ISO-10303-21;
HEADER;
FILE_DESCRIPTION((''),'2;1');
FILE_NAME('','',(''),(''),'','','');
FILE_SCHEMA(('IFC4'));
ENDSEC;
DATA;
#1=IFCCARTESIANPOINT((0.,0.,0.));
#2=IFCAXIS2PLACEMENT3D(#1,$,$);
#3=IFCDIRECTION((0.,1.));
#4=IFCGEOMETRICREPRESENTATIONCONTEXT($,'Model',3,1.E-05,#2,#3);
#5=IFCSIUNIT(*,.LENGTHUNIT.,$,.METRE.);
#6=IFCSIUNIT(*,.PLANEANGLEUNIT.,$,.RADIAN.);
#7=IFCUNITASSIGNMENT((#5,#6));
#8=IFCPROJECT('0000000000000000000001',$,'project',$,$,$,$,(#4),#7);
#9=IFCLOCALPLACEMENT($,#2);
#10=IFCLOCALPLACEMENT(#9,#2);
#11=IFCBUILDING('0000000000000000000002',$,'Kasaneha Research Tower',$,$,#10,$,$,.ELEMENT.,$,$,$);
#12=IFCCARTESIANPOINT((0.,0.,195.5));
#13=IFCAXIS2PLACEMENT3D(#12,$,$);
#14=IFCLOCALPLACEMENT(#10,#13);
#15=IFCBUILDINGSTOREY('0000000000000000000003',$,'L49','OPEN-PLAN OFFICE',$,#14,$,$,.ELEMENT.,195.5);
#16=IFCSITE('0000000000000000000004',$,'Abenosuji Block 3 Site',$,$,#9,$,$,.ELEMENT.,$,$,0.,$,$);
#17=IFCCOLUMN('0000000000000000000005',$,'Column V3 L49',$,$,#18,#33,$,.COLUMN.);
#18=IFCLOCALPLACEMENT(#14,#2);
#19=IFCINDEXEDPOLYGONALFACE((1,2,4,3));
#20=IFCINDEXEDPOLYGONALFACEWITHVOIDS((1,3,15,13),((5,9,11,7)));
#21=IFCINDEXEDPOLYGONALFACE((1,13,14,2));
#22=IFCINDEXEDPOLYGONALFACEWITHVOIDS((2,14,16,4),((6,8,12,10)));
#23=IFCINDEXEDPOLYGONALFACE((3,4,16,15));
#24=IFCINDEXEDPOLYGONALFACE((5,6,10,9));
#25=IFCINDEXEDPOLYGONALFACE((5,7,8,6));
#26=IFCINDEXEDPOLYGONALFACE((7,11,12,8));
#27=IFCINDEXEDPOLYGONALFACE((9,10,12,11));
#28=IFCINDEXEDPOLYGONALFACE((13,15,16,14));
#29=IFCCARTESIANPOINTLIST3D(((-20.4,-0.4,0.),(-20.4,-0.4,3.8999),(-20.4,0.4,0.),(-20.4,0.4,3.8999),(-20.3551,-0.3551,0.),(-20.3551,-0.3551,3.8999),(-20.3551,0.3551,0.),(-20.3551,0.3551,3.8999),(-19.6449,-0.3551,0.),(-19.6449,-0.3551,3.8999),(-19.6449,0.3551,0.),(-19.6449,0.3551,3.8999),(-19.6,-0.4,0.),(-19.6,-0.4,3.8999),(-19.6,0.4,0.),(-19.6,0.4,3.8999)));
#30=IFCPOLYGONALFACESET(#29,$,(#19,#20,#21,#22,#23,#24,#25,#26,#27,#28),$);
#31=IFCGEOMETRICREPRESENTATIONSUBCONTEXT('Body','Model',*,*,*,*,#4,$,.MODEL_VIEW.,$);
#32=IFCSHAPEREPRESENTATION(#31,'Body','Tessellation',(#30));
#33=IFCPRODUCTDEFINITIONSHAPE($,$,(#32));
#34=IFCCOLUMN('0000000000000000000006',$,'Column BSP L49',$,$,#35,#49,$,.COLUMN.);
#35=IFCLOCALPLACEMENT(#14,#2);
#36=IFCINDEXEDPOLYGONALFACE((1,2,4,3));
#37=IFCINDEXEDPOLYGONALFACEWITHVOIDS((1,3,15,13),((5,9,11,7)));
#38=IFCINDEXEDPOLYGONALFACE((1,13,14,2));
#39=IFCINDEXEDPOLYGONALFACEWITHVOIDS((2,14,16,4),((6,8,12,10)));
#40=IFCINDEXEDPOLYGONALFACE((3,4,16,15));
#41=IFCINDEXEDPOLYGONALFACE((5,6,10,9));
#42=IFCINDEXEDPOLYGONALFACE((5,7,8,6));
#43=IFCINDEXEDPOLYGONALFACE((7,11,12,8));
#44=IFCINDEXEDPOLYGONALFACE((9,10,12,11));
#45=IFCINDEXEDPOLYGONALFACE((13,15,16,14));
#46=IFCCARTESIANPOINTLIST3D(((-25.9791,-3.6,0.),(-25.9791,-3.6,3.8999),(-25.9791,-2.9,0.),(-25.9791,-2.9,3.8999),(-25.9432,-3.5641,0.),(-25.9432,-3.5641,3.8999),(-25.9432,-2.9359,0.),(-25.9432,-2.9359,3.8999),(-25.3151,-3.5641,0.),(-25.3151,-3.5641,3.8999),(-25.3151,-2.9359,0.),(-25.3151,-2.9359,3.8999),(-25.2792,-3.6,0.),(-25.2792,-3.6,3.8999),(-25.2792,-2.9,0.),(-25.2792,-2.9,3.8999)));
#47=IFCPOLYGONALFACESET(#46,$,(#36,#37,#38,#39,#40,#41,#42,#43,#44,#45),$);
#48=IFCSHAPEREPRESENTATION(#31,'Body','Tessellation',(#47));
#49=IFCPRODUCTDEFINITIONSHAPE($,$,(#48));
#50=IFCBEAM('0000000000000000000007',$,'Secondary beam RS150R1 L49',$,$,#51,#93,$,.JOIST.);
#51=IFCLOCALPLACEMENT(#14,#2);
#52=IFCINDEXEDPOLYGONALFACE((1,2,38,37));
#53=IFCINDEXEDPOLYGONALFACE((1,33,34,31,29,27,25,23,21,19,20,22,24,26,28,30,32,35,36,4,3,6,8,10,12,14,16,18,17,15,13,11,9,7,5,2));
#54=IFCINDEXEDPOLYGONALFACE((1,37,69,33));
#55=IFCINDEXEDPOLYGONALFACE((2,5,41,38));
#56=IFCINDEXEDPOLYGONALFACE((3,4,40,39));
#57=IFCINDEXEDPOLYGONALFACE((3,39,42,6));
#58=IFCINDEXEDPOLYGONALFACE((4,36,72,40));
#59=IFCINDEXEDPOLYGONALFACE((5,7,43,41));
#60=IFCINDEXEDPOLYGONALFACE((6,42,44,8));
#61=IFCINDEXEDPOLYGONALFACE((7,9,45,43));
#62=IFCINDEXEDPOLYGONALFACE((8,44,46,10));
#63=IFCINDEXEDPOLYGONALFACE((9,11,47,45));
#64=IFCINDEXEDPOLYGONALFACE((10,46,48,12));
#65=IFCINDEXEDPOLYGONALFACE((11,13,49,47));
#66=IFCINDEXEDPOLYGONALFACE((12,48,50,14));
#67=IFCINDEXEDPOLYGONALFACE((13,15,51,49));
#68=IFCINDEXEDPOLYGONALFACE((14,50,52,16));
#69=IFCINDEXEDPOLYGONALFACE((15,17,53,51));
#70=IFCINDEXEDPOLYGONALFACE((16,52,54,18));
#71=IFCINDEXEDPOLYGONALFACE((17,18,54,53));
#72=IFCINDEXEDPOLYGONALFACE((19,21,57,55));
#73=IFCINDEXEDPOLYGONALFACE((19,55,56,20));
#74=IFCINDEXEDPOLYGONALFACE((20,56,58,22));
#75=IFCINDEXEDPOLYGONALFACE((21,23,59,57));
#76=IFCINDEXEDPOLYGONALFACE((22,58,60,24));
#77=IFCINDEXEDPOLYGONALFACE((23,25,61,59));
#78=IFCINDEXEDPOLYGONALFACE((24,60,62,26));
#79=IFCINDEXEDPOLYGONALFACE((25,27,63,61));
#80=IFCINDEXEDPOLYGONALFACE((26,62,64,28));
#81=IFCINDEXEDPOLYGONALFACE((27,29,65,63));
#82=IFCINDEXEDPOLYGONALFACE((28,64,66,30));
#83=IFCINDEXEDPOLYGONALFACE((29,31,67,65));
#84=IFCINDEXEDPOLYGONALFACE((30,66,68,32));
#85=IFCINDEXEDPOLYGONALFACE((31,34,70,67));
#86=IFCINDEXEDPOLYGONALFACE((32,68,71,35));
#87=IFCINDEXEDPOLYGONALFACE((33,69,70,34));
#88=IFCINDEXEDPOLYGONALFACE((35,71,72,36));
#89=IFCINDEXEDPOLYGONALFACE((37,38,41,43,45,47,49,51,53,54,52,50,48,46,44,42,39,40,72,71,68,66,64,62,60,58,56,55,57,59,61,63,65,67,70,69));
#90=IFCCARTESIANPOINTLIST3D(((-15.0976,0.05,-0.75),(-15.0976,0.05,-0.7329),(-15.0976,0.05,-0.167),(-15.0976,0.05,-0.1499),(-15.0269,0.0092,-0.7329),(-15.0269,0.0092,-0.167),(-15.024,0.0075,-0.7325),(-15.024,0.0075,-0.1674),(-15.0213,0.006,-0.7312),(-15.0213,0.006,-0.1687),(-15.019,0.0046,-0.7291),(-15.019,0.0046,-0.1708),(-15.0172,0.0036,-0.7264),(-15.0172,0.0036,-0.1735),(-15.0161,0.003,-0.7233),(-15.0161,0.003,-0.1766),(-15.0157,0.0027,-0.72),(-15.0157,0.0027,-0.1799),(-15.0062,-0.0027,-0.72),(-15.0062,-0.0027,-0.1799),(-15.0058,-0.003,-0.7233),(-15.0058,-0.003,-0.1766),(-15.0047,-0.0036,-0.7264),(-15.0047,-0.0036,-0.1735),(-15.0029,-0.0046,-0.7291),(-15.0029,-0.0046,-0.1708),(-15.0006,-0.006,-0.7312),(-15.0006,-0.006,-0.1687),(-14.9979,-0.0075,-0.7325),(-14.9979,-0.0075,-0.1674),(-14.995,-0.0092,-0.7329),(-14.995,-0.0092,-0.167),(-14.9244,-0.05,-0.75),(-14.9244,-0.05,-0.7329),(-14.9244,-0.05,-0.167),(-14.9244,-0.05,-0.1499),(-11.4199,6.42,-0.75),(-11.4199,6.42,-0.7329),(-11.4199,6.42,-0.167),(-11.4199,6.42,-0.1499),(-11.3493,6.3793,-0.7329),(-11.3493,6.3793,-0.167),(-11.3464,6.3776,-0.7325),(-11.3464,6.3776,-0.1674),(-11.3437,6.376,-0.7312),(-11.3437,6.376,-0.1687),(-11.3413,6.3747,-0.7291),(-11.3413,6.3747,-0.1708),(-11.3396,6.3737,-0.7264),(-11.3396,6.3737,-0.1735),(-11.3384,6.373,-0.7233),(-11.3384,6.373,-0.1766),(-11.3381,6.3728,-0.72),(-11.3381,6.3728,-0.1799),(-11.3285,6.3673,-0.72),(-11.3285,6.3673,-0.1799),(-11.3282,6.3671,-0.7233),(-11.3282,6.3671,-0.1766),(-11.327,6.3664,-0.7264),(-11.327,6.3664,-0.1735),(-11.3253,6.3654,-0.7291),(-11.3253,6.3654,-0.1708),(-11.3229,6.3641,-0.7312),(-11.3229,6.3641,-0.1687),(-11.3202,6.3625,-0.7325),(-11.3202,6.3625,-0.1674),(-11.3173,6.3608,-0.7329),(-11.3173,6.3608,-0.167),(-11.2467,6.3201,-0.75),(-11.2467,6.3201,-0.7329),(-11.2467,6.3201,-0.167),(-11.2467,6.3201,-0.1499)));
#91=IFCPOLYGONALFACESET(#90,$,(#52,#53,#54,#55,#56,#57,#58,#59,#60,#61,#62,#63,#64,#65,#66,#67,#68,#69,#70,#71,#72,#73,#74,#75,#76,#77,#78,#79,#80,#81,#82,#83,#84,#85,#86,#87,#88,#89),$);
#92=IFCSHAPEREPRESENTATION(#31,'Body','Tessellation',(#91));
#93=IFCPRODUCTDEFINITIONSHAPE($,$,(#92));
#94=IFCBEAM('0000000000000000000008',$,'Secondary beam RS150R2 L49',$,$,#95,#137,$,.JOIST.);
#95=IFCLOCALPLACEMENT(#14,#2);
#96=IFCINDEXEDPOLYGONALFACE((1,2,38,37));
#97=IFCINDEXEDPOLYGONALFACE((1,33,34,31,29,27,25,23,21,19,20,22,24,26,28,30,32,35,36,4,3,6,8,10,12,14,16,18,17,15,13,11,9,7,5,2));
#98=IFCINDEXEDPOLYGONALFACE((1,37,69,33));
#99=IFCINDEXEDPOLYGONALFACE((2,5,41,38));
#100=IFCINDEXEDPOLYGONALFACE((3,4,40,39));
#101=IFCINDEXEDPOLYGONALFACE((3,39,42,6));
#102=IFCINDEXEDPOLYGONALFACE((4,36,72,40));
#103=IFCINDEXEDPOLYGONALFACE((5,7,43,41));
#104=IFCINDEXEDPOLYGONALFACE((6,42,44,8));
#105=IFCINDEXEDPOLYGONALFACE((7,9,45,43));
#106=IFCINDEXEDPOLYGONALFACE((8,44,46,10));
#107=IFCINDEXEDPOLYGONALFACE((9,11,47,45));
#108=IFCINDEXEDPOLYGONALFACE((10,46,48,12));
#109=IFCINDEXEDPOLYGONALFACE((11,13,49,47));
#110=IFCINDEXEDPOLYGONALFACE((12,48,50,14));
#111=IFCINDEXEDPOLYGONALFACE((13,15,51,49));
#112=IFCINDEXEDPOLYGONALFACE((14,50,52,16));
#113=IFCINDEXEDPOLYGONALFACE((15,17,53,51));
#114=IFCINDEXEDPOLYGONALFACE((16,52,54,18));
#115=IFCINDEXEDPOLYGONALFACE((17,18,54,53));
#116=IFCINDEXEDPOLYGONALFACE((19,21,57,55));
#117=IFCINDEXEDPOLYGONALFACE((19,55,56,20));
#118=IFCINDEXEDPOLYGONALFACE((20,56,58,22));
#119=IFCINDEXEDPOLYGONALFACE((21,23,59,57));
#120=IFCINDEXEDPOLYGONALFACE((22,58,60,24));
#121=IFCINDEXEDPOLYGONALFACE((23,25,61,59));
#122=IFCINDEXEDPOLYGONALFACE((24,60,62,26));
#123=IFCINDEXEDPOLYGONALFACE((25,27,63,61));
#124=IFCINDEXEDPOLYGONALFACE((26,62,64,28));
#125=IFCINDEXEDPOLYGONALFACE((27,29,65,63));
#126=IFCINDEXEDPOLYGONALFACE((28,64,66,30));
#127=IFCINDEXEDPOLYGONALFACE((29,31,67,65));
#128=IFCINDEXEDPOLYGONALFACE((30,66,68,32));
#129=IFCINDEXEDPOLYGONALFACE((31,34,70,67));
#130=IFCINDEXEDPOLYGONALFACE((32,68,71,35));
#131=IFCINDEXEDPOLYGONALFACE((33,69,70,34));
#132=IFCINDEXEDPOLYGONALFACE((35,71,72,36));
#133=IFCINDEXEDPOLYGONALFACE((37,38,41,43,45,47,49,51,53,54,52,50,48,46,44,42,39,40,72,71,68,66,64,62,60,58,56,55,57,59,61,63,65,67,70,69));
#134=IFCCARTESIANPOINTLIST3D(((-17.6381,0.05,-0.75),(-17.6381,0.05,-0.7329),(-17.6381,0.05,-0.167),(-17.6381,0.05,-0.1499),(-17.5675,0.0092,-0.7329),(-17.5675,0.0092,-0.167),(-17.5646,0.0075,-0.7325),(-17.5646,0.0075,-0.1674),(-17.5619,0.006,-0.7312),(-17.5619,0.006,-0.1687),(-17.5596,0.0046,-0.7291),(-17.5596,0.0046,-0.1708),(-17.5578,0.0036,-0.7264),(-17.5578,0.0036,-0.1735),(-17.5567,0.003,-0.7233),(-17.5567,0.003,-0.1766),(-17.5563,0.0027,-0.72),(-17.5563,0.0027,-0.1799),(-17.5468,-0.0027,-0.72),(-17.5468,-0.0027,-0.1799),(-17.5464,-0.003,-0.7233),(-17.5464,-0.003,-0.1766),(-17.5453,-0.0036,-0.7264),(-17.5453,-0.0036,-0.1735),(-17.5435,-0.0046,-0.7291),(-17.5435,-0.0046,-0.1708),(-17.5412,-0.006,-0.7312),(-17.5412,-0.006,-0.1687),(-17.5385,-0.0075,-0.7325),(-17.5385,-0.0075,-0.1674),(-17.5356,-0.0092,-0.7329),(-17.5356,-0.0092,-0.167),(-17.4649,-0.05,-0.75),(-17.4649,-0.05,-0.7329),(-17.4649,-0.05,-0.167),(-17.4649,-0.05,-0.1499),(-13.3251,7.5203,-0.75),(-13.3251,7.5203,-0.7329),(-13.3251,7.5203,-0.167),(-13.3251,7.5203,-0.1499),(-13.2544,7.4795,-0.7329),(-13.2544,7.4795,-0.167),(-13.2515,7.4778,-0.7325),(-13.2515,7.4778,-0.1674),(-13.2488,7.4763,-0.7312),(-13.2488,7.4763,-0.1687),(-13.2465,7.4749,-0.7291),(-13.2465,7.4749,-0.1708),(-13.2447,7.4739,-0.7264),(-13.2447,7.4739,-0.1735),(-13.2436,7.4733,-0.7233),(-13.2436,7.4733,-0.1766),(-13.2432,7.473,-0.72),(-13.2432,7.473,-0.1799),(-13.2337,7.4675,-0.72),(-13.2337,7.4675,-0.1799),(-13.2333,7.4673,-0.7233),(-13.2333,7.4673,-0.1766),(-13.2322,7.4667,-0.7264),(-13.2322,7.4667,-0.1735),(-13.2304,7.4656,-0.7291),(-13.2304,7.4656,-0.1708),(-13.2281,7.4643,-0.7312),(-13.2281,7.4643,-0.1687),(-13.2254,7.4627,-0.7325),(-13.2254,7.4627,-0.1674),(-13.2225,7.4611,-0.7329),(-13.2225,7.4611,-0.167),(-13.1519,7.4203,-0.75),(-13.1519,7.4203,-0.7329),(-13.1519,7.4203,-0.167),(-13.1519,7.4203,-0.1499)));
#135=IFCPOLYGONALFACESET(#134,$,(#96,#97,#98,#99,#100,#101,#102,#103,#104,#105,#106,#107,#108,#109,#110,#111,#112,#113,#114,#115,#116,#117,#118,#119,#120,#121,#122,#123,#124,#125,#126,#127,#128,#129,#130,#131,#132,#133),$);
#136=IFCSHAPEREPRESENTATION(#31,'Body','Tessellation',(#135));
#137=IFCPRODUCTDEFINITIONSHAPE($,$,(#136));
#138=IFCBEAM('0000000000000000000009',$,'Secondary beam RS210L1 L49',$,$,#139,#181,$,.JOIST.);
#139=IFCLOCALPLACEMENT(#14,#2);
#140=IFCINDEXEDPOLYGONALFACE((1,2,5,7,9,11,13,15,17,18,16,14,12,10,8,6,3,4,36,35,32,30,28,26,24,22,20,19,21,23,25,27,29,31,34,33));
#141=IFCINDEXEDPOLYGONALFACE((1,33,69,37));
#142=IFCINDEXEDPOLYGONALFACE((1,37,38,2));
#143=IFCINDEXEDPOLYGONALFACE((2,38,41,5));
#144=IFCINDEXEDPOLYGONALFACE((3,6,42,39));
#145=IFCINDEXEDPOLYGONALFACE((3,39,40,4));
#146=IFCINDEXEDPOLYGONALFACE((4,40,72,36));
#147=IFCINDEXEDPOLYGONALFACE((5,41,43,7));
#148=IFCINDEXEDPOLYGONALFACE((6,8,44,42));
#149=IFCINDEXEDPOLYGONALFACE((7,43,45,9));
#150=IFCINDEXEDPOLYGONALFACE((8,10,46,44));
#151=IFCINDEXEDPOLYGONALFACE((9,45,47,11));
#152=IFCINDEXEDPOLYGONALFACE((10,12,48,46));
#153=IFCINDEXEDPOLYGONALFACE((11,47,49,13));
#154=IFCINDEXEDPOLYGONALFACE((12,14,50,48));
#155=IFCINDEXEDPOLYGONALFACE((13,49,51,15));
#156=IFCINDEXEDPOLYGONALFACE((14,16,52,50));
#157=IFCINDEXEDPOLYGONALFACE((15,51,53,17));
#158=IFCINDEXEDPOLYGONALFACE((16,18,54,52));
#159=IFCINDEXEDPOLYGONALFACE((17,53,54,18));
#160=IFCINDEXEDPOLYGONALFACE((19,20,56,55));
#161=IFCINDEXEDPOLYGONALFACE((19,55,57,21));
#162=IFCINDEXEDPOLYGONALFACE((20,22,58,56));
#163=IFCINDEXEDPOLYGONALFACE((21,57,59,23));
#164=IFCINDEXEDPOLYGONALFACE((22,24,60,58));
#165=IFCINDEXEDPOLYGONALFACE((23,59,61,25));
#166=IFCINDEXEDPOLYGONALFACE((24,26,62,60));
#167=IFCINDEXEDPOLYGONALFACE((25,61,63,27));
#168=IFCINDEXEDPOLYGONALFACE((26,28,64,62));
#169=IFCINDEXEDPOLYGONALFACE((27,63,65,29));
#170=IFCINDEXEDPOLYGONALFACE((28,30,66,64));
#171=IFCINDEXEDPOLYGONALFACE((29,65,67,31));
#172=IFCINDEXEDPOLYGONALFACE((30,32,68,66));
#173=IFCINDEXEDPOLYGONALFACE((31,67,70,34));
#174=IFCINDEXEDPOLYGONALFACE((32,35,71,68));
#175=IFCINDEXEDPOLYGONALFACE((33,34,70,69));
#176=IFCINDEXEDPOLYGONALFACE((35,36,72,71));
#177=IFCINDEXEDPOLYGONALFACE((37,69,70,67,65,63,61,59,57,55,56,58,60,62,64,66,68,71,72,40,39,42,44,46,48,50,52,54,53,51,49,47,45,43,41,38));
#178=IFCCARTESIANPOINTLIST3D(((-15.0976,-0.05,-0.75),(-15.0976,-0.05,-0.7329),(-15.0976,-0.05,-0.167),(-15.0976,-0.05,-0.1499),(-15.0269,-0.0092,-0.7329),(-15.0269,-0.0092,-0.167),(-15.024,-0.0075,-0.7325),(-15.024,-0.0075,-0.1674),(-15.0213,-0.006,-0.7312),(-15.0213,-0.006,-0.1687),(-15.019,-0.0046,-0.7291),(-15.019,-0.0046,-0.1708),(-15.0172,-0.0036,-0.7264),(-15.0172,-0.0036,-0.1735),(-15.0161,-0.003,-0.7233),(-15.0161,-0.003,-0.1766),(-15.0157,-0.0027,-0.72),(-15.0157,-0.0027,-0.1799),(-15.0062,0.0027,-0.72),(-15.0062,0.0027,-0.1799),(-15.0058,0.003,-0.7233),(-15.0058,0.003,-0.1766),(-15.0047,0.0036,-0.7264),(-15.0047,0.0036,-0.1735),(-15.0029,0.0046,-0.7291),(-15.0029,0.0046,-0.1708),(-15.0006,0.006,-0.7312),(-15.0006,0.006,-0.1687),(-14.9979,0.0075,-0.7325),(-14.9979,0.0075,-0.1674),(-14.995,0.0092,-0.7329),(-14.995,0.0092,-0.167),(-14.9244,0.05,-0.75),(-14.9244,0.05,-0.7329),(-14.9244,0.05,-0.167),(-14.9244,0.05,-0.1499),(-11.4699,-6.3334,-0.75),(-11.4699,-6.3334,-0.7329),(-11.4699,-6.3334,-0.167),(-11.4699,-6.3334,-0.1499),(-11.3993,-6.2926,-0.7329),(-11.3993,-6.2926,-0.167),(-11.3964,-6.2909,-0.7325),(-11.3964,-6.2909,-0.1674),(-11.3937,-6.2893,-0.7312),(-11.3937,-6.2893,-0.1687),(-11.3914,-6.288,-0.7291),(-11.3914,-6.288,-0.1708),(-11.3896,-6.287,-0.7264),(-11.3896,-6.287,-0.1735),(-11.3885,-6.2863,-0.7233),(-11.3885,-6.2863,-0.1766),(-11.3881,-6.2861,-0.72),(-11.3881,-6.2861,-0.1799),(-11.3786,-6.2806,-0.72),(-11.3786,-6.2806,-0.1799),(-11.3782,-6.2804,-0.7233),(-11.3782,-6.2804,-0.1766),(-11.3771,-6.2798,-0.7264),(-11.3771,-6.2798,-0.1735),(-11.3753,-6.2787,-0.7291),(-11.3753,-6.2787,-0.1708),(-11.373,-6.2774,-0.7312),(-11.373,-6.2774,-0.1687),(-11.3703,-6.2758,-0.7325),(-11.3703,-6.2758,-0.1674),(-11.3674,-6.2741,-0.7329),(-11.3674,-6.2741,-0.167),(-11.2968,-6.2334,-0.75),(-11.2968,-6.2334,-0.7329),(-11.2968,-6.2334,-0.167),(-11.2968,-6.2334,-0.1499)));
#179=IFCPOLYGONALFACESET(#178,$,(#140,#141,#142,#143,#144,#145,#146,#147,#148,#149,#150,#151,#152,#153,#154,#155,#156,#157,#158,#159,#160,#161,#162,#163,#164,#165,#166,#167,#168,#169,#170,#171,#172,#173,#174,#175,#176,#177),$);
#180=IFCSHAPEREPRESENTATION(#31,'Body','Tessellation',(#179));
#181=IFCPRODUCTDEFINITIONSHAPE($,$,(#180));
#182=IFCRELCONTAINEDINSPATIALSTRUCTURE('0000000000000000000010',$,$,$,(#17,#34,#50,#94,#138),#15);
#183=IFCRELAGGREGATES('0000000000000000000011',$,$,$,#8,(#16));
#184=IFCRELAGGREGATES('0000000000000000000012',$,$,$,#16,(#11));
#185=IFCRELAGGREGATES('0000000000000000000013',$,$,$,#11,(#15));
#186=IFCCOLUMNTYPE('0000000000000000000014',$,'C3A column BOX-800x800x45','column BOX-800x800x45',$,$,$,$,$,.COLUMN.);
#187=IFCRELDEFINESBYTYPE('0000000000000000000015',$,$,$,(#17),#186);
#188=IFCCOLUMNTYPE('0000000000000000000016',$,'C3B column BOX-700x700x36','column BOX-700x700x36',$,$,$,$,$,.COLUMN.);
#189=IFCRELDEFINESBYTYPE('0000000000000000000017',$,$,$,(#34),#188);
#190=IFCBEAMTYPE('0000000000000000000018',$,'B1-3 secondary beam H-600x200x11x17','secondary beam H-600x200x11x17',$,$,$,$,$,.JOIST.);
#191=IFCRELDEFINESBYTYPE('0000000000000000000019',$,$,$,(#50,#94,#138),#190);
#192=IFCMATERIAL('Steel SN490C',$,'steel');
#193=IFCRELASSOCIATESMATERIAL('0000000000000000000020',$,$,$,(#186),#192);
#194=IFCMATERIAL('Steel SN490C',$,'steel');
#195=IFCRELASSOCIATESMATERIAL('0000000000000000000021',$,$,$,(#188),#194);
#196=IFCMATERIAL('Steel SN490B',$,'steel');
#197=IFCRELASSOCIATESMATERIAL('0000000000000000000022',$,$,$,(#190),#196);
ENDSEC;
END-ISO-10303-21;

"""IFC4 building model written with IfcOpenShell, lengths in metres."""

from ifc_helpers import new_model, si_unit, direction, frame, origin, origin_2d, place, context, subcontext, project, spatial, hollow_rectangle, i_section, extrude, material, material_profile, profile_set, type_object, element, save


model = new_model("IFC4")

# Units and contexts
model_context = context("Model", 3, precision=1e-05, world=origin(), true_north=direction((0.0, 1.0)))
body_context = subcontext(model_context, "Body", "Model", "MODEL_VIEW")
ifc_project = project(units=[si_unit("LENGTHUNIT", "METRE"), si_unit("PLANEANGLEUNIT", "RADIAN")], contexts=[model_context])

# Site, building, storey
site_placement = place(None, origin())
site = spatial("IfcSite", under=ifc_project, at=site_placement, Name="Abenosuji Block 3 Site", CompositionType="ELEMENT", RefElevation=0.0)
building_placement = place(site_placement, origin())
building = spatial("IfcBuilding", under=site, at=building_placement, Name="Kasaneha Research Tower", CompositionType="ELEMENT")
storey_placement = place(building_placement, frame((0.0, 0.0, 195.5)))
storey = spatial("IfcBuildingStorey", under=building, at=storey_placement, Name="L49", Description="OPEN-PLAN OFFICE", CompositionType="ELEMENT", Elevation=195.5)

# Columns
ifc_material_1 = material(Name="Steel SN490C", Category="steel")
ifc_material_profile_1 = material_profile(ifc_material_1, hollow_rectangle(XDim=0.8, YDim=0.8, WallThickness=0.0449, at=origin_2d()), Name="BOX-800x800x45")
ifc_profile_set_1 = profile_set([ifc_material_profile_1], Name="Steel SN490C")
column_type_1 = type_object("IfcColumnType", Name="C3A column BOX-800x800x45", Description="column BOX-800x800x45", PredefinedType="COLUMN", material=ifc_profile_set_1)
column_1_placement = place(storey_placement, frame((-20.0, 0.0, 0.0), z_axis=(0.0, 0.0, 1.0), x_axis=(1.0, 0.0, 0.0)))
element("IfcColumn", 1, at=column_1_placement, inside=storey, type_object=column_type_1, Name="Column V3 L49", PredefinedType="COLUMN", context=body_context, shape_type="SweptSolid", body=[
    extrude(hollow_rectangle(XDim=0.8, YDim=0.8, WallThickness=0.0449, at=origin_2d()), origin(), (0.0, 0.0, 1.0), 3.8999),
])
ifc_material_2 = material(Name="Steel SN490C", Category="steel")
ifc_material_profile_2 = material_profile(ifc_material_2, hollow_rectangle(XDim=0.7, YDim=0.7, WallThickness=0.0359, at=origin_2d()), Name="BOX-700x700x36")
ifc_profile_set_2 = profile_set([ifc_material_profile_2], Name="Steel SN490C")
column_type_2 = type_object("IfcColumnType", Name="C3B column BOX-700x700x36", Description="column BOX-700x700x36", PredefinedType="COLUMN", material=ifc_profile_set_2)
column_2_placement = place(storey_placement, frame((-25.6292, -3.25, 0.0), z_axis=(0.0, 0.0, 1.0), x_axis=(1.0, 0.0, 0.0)))
element("IfcColumn", 2, at=column_2_placement, inside=storey, type_object=column_type_2, Name="Column BSP L49", PredefinedType="COLUMN", context=body_context, shape_type="SweptSolid", body=[
    extrude(hollow_rectangle(XDim=0.7, YDim=0.7, WallThickness=0.0359, at=origin_2d()), origin(), (0.0, 0.0, 1.0), 3.8999),
])

# Beams
ifc_material_3 = material(Name="Steel SN490B", Category="steel")
ifc_material_profile_3 = material_profile(ifc_material_3, i_section(OverallWidth=0.2, OverallDepth=0.6001, WebThickness=0.011, FlangeThickness=0.0171, FilletRadius=0.0129, at=origin_2d()), Name="H-600x200x11x17")
ifc_profile_set_3 = profile_set([ifc_material_profile_3], Name="Steel SN490B")
beam_type_1 = type_object("IfcBeamType", Name="B1-3 secondary beam H-600x200x11x17", Description="secondary beam H-600x200x11x17", PredefinedType="JOIST", material=ifc_profile_set_3)
beam_1_placement = place(storey_placement, frame((-15.011, 0.0, -0.45), z_axis=(0.499994, 0.866029, 0.0), x_axis=(-0.866029, 0.499994, 0.0)))
element("IfcBeam", 3, at=beam_1_placement, inside=storey, type_object=beam_type_1, Name="Secondary beam RS150R1 L49", PredefinedType="JOIST", context=body_context, shape_type="SweptSolid", body=[
    extrude(i_section(OverallWidth=0.2, OverallDepth=0.6001, WebThickness=0.011, FlangeThickness=0.0171, FilletRadius=0.0129, at=origin_2d()), origin(), (0.0, 0.0, 1.0), 7.3555),
])
beam_2_placement = place(storey_placement, frame((-17.5515, 0.0, -0.45), z_axis=(0.500005, 0.866023, 0.0), x_axis=(-0.866023, 0.500005, 0.0)))
element("IfcBeam", 4, at=beam_2_placement, inside=storey, type_object=beam_type_1, Name="Secondary beam RS150R2 L49", PredefinedType="JOIST", context=body_context, shape_type="SweptSolid", body=[
    extrude(i_section(OverallWidth=0.2, OverallDepth=0.6001, WebThickness=0.011, FlangeThickness=0.0171, FilletRadius=0.0129, at=origin_2d()), origin(), (0.0, 0.0, 1.0), 8.626),
])
beam_3_placement = place(storey_placement, frame((-15.011, 0.0, -0.45), z_axis=(0.499993, -0.866029, 0.0), x_axis=(0.866029, 0.499993, 0.0)))
element("IfcBeam", 5, at=beam_3_placement, inside=storey, type_object=beam_type_1, Name="Secondary beam RS210L1 L49", PredefinedType="JOIST", context=body_context, shape_type="SweptSolid", body=[
    extrude(i_section(OverallWidth=0.2, OverallDepth=0.6001, WebThickness=0.011, FlangeThickness=0.0171, FilletRadius=0.0129, at=origin_2d()), origin(), (0.0, 0.0, 1.0), 7.2554),
])

save(model, "model.ifc")
